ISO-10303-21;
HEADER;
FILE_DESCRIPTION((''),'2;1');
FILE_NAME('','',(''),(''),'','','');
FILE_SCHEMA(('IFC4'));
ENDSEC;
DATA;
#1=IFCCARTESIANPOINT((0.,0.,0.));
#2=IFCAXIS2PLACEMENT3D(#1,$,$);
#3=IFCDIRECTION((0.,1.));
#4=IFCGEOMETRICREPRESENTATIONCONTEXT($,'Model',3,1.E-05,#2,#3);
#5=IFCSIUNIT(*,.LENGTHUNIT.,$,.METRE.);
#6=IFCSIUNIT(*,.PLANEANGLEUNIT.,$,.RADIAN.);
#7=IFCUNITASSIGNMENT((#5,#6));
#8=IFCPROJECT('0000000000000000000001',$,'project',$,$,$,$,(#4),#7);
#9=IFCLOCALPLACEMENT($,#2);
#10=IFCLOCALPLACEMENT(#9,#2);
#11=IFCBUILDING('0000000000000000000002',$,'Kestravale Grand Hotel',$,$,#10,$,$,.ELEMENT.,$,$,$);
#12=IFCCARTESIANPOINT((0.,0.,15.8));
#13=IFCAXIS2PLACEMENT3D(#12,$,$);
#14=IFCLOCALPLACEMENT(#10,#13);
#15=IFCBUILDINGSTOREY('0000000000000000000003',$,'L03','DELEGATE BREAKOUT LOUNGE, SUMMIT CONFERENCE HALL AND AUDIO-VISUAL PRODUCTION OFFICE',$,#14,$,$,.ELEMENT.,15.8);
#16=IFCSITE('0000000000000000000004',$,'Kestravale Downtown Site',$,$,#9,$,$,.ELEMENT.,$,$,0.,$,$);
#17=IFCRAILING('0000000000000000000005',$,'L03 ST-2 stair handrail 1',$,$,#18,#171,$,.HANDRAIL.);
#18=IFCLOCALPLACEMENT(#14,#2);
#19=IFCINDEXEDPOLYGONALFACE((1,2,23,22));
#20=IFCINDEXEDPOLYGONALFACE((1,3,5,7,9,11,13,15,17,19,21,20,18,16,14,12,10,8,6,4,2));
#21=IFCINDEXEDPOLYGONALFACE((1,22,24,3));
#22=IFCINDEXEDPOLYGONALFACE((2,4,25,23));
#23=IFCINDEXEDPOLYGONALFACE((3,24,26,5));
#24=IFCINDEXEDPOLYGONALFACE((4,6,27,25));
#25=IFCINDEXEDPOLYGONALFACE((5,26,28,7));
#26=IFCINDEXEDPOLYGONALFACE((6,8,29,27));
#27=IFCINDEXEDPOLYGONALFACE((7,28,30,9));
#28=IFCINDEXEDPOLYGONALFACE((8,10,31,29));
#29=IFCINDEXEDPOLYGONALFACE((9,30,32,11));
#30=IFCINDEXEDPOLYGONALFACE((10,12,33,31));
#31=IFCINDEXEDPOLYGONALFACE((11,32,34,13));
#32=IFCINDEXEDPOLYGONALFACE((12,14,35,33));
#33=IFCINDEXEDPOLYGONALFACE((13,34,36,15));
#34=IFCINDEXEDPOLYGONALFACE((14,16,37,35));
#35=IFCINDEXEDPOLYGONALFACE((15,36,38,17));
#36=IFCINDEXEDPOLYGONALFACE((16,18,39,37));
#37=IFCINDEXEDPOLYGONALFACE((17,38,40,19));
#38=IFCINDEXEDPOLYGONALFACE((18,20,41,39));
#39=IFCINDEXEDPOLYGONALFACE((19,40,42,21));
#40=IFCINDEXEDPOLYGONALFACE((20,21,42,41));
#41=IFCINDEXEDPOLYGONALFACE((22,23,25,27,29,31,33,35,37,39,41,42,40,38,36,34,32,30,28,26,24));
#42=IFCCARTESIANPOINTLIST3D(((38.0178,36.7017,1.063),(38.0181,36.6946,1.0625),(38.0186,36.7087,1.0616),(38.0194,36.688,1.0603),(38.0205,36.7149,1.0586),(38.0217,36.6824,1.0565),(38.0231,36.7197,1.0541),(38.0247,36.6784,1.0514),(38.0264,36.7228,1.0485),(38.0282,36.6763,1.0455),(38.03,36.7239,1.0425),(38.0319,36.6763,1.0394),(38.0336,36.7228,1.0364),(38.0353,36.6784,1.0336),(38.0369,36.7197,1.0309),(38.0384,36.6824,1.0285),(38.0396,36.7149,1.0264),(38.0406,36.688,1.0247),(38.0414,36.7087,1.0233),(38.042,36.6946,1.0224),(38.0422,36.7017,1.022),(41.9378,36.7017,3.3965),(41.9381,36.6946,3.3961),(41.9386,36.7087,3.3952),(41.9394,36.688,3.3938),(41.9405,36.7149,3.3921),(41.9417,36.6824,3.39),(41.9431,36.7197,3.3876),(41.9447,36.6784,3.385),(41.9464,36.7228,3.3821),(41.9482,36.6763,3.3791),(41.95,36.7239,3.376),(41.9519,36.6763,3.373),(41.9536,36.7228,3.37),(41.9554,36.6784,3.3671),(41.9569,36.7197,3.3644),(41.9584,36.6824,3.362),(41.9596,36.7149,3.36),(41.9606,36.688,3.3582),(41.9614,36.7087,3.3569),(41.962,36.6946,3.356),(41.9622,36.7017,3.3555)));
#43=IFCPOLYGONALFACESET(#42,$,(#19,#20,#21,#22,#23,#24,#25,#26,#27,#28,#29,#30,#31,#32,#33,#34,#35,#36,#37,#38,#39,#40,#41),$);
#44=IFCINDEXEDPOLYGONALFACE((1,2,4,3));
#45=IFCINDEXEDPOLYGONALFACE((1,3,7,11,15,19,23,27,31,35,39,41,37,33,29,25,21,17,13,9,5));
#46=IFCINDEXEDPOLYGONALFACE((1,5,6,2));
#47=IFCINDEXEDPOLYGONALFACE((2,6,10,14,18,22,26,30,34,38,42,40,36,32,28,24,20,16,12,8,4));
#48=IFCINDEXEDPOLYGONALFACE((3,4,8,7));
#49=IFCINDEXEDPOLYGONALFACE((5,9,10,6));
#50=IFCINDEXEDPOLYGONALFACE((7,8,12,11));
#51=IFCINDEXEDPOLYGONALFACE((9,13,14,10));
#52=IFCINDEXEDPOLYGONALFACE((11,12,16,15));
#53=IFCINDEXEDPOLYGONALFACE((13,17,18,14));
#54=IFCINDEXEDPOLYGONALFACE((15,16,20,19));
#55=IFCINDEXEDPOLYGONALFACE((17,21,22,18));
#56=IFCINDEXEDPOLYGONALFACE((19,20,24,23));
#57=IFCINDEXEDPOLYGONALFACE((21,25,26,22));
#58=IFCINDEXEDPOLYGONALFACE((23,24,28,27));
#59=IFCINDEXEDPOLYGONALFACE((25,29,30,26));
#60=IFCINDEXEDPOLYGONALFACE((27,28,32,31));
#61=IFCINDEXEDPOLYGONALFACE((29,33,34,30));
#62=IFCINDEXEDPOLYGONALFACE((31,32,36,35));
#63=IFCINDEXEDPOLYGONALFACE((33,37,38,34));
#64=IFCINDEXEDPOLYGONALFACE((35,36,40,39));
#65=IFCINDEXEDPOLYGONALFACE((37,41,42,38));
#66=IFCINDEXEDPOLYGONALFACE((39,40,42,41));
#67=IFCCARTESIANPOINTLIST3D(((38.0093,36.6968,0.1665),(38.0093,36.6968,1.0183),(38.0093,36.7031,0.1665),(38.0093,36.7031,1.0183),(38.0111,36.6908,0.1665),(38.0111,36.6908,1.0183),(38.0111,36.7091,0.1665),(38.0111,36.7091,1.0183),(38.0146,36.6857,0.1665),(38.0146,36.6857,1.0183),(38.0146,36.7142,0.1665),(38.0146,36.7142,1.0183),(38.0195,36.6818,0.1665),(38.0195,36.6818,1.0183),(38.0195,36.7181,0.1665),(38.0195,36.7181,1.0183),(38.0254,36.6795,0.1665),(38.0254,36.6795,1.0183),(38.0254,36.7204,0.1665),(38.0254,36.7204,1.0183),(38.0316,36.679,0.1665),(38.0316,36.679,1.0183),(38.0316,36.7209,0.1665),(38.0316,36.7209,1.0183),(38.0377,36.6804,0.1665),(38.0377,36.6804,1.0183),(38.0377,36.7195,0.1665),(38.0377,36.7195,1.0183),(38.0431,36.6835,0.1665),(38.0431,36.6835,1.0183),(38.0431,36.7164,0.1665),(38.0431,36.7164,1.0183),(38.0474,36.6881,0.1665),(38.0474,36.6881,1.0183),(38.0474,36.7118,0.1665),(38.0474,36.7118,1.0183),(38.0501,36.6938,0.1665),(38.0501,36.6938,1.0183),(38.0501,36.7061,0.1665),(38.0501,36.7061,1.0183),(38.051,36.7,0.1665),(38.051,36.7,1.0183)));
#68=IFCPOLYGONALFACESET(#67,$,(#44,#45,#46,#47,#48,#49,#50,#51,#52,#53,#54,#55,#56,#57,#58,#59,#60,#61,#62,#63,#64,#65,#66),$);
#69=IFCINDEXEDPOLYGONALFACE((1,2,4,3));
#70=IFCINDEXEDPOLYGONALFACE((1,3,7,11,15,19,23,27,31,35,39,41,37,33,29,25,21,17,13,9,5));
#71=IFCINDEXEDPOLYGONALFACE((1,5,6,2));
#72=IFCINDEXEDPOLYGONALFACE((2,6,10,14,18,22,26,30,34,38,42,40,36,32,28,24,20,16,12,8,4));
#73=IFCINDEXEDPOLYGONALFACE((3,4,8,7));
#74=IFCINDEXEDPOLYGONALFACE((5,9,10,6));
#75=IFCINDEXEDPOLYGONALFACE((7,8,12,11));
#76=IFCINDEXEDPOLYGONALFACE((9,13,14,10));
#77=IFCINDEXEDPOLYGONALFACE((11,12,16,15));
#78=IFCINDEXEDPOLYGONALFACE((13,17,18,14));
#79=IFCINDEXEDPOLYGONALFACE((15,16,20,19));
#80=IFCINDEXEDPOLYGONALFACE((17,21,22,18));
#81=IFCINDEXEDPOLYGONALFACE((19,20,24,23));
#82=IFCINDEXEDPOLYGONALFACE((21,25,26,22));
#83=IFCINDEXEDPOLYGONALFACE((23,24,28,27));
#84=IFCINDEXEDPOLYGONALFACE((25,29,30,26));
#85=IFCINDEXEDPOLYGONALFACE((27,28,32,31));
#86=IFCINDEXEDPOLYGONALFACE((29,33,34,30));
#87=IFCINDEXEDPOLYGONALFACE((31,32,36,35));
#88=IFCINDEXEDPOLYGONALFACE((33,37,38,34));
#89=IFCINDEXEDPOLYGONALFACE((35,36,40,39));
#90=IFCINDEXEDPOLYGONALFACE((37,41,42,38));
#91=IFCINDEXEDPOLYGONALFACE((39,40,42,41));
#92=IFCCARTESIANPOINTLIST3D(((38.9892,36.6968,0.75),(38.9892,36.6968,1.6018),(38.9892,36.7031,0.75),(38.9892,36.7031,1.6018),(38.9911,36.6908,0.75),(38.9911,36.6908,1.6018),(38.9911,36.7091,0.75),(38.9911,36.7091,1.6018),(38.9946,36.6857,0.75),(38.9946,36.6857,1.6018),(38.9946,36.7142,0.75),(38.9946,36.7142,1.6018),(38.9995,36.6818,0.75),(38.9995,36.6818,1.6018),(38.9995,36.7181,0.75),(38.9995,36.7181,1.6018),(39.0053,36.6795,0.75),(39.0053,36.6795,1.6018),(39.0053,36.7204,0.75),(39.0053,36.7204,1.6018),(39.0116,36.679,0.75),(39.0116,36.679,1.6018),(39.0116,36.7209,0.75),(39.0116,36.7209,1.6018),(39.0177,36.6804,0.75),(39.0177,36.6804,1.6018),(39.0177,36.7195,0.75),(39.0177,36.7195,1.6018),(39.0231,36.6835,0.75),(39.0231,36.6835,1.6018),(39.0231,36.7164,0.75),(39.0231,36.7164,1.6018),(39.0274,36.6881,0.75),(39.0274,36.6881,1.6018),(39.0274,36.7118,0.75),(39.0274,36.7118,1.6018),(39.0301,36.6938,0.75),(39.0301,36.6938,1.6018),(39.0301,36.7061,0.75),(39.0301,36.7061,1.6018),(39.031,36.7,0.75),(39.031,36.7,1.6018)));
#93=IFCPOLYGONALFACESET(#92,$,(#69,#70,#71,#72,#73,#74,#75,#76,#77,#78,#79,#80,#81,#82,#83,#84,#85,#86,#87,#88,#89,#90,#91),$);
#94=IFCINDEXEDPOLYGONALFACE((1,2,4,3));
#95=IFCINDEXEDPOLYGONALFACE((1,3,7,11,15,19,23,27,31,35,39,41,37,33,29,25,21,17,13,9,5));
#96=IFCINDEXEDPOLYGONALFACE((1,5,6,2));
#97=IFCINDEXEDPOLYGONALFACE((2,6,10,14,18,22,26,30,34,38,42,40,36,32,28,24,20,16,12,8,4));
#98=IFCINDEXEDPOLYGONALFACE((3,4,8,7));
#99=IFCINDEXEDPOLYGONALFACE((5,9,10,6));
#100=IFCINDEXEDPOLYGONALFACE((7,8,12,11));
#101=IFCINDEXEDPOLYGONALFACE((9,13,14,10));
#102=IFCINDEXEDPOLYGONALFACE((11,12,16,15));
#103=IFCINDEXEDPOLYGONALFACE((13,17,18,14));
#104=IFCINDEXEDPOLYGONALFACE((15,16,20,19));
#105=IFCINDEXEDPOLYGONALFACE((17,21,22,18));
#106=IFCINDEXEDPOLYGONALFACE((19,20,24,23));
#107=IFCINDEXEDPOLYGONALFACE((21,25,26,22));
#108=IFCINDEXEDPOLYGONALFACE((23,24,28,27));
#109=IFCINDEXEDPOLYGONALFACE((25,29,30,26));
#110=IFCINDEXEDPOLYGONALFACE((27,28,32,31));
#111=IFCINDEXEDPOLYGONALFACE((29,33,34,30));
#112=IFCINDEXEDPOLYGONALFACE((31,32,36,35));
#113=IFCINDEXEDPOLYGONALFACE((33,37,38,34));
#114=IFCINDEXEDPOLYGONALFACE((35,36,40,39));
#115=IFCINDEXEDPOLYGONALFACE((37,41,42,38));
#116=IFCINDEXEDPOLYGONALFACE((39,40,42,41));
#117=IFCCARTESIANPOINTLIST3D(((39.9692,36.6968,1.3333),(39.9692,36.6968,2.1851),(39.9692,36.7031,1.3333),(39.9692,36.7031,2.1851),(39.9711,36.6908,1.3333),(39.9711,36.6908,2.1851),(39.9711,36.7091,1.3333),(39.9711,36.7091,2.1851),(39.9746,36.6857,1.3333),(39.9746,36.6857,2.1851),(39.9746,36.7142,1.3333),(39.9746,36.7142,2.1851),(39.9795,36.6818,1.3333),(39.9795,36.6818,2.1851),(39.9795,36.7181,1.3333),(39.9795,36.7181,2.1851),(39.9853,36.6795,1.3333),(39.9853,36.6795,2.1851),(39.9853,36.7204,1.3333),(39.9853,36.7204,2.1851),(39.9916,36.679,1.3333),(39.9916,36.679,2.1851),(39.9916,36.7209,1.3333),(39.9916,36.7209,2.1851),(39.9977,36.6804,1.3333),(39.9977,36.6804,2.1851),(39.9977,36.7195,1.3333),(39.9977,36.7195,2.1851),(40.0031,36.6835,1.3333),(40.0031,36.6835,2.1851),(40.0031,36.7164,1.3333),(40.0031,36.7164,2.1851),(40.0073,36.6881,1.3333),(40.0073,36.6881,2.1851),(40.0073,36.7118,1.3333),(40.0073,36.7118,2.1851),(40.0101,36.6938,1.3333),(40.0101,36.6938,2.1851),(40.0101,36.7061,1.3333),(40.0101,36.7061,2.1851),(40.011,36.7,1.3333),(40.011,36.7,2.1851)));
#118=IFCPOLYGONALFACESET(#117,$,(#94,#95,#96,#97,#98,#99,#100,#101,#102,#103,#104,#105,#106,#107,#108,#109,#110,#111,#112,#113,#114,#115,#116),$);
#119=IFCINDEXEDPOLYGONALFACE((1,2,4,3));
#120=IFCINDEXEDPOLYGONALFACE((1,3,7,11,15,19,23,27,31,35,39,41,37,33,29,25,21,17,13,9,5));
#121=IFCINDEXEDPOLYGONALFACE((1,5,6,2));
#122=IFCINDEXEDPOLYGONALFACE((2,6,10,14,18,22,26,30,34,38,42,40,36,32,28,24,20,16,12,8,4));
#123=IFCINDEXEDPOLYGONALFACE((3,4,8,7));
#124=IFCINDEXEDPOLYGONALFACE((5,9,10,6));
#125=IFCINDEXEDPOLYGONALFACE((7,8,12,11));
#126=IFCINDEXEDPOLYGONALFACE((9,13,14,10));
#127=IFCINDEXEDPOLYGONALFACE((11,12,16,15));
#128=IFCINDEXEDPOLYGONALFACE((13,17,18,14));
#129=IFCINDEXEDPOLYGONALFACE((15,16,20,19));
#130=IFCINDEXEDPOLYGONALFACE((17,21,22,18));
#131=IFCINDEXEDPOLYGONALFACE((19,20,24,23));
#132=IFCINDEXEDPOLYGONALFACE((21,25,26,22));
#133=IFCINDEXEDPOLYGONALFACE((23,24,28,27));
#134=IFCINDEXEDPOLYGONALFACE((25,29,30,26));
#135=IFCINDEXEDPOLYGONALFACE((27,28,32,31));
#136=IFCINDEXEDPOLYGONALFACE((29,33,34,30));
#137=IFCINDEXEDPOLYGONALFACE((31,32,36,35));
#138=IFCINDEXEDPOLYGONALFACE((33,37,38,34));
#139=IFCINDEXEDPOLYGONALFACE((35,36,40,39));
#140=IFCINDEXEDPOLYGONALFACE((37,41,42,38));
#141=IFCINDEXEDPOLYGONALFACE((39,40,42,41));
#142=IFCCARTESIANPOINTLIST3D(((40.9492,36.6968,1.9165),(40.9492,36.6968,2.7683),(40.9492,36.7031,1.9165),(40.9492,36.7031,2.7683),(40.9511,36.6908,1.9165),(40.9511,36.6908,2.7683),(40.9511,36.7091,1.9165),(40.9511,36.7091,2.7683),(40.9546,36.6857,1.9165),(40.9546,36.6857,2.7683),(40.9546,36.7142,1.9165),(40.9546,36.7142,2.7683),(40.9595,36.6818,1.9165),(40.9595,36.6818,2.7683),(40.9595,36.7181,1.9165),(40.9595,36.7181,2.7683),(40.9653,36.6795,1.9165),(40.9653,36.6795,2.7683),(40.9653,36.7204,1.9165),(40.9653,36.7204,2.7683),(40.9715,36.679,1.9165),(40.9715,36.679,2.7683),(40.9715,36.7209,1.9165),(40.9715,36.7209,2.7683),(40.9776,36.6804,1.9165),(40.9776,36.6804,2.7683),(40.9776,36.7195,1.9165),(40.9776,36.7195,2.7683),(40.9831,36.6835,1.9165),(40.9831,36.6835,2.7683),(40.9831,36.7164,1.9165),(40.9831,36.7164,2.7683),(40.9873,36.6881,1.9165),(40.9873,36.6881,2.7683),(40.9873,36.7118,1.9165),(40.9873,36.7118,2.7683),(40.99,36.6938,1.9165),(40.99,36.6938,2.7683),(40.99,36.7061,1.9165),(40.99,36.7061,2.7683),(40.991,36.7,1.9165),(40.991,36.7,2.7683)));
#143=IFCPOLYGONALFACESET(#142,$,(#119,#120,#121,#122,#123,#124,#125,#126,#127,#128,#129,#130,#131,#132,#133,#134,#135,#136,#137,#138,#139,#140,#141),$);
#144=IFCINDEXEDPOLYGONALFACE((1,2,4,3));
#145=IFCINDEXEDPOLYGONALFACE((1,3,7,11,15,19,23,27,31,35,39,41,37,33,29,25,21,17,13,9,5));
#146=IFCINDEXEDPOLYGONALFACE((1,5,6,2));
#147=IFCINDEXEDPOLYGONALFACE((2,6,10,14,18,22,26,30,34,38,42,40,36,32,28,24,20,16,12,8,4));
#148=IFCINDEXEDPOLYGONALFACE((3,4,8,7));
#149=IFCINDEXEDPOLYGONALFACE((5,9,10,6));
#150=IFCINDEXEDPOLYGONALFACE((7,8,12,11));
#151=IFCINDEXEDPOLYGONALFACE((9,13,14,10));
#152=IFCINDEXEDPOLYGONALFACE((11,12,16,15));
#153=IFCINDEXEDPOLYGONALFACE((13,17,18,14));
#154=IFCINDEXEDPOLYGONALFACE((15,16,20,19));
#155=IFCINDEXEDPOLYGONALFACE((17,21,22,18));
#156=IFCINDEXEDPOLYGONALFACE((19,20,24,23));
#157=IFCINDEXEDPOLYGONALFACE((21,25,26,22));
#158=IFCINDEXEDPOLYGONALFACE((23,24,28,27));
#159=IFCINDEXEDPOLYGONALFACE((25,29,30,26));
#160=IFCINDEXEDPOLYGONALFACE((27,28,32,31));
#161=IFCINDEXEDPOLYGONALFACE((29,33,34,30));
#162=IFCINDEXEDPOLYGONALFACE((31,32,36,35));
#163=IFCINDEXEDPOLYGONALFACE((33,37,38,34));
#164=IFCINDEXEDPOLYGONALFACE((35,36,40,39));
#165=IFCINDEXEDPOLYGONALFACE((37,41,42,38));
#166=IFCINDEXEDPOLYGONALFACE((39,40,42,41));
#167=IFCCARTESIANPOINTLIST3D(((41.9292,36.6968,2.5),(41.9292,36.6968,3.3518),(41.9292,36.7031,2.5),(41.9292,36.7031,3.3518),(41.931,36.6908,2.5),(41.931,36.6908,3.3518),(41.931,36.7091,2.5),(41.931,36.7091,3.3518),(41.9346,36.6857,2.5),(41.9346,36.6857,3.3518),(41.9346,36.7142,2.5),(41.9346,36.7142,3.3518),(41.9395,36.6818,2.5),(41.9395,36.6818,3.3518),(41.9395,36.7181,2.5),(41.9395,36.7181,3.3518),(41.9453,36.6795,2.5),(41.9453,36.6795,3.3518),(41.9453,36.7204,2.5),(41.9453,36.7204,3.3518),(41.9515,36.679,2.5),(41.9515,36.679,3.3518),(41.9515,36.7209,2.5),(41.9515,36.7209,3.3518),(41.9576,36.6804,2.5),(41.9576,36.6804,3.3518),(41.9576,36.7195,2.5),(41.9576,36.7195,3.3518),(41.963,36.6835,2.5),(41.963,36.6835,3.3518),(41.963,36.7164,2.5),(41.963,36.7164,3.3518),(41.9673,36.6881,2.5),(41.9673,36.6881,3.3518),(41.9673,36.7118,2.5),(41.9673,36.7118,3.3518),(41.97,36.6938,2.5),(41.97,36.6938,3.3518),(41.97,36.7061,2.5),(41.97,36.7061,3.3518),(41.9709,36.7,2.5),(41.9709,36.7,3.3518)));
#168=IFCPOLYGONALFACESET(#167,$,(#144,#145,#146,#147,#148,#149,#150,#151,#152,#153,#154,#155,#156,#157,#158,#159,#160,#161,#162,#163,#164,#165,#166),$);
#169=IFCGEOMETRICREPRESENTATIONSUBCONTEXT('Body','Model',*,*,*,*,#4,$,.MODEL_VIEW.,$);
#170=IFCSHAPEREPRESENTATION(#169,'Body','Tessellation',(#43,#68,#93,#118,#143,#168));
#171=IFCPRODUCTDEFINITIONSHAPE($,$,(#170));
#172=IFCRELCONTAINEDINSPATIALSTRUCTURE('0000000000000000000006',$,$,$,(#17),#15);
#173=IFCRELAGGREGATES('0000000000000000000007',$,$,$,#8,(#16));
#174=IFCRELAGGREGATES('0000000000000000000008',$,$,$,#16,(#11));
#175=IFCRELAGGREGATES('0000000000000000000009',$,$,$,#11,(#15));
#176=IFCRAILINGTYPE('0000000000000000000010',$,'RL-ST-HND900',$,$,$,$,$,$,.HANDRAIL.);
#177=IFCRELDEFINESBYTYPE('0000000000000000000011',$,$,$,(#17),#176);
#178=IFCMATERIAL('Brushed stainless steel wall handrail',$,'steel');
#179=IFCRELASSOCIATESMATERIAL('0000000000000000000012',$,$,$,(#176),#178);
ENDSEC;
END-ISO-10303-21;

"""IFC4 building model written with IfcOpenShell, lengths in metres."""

from ifc_helpers import new_model, si_unit, direction, frame, origin, origin_2d, place, context, subcontext, project, spatial, circle, extrude, material, type_object, element, save


model = new_model("IFC4")

# Units and contexts
model_context = context("Model", 3, precision=1e-05, world=origin(), true_north=direction((0.0, 1.0)))
body_context = subcontext(model_context, "Body", "Model", "MODEL_VIEW")
ifc_project = project(units=[si_unit("LENGTHUNIT", "METRE"), si_unit("PLANEANGLEUNIT", "RADIAN")], contexts=[model_context])

# Site, building, storey
site_placement = place(None, origin())
site = spatial("IfcSite", under=ifc_project, at=site_placement, Name="Kestravale Downtown Site", CompositionType="ELEMENT", RefElevation=0.0)
building_placement = place(site_placement, origin())
building = spatial("IfcBuilding", under=site, at=building_placement, Name="Kestravale Grand Hotel", CompositionType="ELEMENT")
storey_placement = place(building_placement, frame((0.0, 0.0, 15.8)))
storey = spatial("IfcBuildingStorey", under=building, at=storey_placement, Name="L03", Description="DELEGATE BREAKOUT LOUNGE, SUMMIT CONFERENCE HALL AND AUDIO-VISUAL PRODUCTION OFFICE", CompositionType="ELEMENT", Elevation=15.8)

# Railing
ifc_material_1 = material(Name="Brushed stainless steel wall handrail", Category="steel")
railing_type_1 = type_object("IfcRailingType", Name="RL-ST-HND900", PredefinedType="HANDRAIL", material=ifc_material_1)
railing_1_placement = place(storey_placement, frame((38.03, 36.7, 0.1665)))
element("IfcRailing", 1, at=railing_1_placement, inside=storey, type_object=railing_type_1, Name="L03 ST-2 stair handrail 1", PredefinedType="HANDRAIL", context=body_context, shape_type="SweptSolid", body=[
    extrude(circle(Radius=0.0239, at=origin_2d()), frame((0.0, 0.0, 0.876), z_axis=(0.859273, 0.0, 0.511518), x_axis=(0.0, 1.0, 0.0)), (0.0, 0.0, 1.0), 4.562),
    extrude(circle(Radius=0.021, at=origin_2d()), origin(), (0.0, 0.0, 1.0), 0.8518),
    extrude(circle(Radius=0.021, at=origin_2d()), frame((0.98, 0.0, 0.5835)), (0.0, 0.0, 1.0), 0.8518),
    extrude(circle(Radius=0.021, at=origin_2d()), frame((1.96, 0.0, 1.1667)), (0.0, 0.0, 1.0), 0.8518),
    extrude(circle(Radius=0.021, at=origin_2d()), frame((2.9399, 0.0, 1.75)), (0.0, 0.0, 1.0), 0.8518),
    extrude(circle(Radius=0.021, at=origin_2d()), frame((3.9199, 0.0, 2.3335)), (0.0, 0.0, 1.0), 0.8518),
])

save(model, "model.ifc")
